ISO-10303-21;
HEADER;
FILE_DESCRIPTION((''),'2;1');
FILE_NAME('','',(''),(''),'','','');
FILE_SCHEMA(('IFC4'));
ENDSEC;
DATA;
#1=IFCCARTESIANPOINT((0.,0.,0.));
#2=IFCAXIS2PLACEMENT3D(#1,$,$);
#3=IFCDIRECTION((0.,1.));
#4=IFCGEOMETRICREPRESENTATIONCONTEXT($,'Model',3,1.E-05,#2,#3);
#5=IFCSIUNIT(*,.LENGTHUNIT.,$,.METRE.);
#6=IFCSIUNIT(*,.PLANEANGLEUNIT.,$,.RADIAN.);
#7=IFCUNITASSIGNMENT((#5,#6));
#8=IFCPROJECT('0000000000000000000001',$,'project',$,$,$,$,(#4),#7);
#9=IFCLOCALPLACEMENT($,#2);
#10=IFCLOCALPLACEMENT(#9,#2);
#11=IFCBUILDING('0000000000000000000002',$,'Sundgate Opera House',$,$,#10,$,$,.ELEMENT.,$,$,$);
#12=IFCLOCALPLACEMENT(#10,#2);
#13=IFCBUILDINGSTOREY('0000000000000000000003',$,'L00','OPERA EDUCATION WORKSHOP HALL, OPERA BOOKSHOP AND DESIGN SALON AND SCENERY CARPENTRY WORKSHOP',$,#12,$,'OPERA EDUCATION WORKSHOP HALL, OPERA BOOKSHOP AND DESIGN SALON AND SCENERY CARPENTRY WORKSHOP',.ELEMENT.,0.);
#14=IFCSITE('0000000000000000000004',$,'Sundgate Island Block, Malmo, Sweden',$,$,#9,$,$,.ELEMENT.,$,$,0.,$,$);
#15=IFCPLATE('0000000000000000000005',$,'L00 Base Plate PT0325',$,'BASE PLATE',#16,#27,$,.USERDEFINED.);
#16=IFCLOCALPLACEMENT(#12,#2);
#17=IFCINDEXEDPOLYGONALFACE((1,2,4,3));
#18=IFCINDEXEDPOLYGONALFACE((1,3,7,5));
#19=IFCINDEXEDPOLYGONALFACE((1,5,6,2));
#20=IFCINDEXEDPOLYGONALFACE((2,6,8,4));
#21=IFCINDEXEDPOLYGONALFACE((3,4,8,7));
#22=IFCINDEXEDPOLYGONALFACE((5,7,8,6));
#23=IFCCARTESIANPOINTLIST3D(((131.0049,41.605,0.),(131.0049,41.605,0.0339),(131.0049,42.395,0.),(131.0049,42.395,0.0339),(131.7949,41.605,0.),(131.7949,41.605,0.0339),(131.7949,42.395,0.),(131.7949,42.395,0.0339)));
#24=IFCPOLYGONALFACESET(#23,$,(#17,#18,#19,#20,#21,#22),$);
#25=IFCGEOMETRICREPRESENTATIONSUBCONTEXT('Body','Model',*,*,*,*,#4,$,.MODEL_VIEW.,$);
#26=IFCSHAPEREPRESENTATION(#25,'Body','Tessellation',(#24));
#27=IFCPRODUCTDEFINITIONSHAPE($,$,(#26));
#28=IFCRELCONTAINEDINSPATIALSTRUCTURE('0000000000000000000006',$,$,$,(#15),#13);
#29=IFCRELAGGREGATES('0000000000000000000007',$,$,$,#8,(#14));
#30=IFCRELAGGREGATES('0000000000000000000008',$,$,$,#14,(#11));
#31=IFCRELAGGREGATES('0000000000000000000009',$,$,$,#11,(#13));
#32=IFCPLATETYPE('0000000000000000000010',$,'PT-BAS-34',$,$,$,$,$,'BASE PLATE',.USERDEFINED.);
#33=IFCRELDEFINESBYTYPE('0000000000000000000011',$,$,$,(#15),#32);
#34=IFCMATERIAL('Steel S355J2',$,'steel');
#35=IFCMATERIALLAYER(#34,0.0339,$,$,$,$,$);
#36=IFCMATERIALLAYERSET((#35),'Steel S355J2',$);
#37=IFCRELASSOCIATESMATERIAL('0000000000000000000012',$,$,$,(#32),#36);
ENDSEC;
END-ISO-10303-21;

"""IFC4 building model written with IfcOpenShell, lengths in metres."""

from ifc_helpers import new_model, si_unit, direction, frame, origin, origin_2d, place, context, subcontext, project, spatial, rectangle, extrude, material, layer, layer_set, type_object, element, save


model = new_model("IFC4")

# Units and contexts
model_context = context("Model", 3, precision=1e-05, world=origin(), true_north=direction((0.0, 1.0)))
body_context = subcontext(model_context, "Body", "Model", "MODEL_VIEW")
ifc_project = project(units=[si_unit("LENGTHUNIT", "METRE"), si_unit("PLANEANGLEUNIT", "RADIAN")], contexts=[model_context])

# Site, building, storey
site_placement = place(None, origin())
site = spatial("IfcSite", under=ifc_project, at=site_placement, Name="Sundgate Island Block, Malmo, Sweden", CompositionType="ELEMENT", RefElevation=0.0)
building_placement = place(site_placement, origin())
building = spatial("IfcBuilding", under=site, at=building_placement, Name="Sundgate Opera House", CompositionType="ELEMENT")
storey_placement = place(building_placement, origin())
storey = spatial("IfcBuildingStorey", under=building, at=storey_placement, Name="L00", Description="OPERA EDUCATION WORKSHOP HALL, OPERA BOOKSHOP AND DESIGN SALON AND SCENERY CARPENTRY WORKSHOP", LongName="OPERA EDUCATION WORKSHOP HALL, OPERA BOOKSHOP AND DESIGN SALON AND SCENERY CARPENTRY WORKSHOP", CompositionType="ELEMENT", Elevation=0.0)

# Plate
ifc_material_1 = material(Name="Steel S355J2", Category="steel")
ifc_layer_1 = layer(ifc_material_1, 0.0339)
ifc_layer_set_1 = layer_set([ifc_layer_1], Name="Steel S355J2")
plate_type_1 = type_object("IfcPlateType", Name="PT-BAS-34", ElementType="BASE PLATE", PredefinedType="USERDEFINED", material=ifc_layer_set_1)
plate_1_placement = place(storey_placement, frame((131.3999, 42.0, 0.0), z_axis=(0.0, 0.0, 1.0), x_axis=(1.0, 0.0, 0.0)))
element("IfcPlate", 1, at=plate_1_placement, inside=storey, type_object=plate_type_1, Name="L00 Base Plate PT0325", ObjectType="BASE PLATE", PredefinedType="USERDEFINED", context=body_context, shape_type="SweptSolid", body=[
    extrude(rectangle(XDim=0.79, YDim=0.79, at=origin_2d()), origin(), (0.0, 0.0, 1.0), 0.0339),
])

save(model, "model.ifc")
